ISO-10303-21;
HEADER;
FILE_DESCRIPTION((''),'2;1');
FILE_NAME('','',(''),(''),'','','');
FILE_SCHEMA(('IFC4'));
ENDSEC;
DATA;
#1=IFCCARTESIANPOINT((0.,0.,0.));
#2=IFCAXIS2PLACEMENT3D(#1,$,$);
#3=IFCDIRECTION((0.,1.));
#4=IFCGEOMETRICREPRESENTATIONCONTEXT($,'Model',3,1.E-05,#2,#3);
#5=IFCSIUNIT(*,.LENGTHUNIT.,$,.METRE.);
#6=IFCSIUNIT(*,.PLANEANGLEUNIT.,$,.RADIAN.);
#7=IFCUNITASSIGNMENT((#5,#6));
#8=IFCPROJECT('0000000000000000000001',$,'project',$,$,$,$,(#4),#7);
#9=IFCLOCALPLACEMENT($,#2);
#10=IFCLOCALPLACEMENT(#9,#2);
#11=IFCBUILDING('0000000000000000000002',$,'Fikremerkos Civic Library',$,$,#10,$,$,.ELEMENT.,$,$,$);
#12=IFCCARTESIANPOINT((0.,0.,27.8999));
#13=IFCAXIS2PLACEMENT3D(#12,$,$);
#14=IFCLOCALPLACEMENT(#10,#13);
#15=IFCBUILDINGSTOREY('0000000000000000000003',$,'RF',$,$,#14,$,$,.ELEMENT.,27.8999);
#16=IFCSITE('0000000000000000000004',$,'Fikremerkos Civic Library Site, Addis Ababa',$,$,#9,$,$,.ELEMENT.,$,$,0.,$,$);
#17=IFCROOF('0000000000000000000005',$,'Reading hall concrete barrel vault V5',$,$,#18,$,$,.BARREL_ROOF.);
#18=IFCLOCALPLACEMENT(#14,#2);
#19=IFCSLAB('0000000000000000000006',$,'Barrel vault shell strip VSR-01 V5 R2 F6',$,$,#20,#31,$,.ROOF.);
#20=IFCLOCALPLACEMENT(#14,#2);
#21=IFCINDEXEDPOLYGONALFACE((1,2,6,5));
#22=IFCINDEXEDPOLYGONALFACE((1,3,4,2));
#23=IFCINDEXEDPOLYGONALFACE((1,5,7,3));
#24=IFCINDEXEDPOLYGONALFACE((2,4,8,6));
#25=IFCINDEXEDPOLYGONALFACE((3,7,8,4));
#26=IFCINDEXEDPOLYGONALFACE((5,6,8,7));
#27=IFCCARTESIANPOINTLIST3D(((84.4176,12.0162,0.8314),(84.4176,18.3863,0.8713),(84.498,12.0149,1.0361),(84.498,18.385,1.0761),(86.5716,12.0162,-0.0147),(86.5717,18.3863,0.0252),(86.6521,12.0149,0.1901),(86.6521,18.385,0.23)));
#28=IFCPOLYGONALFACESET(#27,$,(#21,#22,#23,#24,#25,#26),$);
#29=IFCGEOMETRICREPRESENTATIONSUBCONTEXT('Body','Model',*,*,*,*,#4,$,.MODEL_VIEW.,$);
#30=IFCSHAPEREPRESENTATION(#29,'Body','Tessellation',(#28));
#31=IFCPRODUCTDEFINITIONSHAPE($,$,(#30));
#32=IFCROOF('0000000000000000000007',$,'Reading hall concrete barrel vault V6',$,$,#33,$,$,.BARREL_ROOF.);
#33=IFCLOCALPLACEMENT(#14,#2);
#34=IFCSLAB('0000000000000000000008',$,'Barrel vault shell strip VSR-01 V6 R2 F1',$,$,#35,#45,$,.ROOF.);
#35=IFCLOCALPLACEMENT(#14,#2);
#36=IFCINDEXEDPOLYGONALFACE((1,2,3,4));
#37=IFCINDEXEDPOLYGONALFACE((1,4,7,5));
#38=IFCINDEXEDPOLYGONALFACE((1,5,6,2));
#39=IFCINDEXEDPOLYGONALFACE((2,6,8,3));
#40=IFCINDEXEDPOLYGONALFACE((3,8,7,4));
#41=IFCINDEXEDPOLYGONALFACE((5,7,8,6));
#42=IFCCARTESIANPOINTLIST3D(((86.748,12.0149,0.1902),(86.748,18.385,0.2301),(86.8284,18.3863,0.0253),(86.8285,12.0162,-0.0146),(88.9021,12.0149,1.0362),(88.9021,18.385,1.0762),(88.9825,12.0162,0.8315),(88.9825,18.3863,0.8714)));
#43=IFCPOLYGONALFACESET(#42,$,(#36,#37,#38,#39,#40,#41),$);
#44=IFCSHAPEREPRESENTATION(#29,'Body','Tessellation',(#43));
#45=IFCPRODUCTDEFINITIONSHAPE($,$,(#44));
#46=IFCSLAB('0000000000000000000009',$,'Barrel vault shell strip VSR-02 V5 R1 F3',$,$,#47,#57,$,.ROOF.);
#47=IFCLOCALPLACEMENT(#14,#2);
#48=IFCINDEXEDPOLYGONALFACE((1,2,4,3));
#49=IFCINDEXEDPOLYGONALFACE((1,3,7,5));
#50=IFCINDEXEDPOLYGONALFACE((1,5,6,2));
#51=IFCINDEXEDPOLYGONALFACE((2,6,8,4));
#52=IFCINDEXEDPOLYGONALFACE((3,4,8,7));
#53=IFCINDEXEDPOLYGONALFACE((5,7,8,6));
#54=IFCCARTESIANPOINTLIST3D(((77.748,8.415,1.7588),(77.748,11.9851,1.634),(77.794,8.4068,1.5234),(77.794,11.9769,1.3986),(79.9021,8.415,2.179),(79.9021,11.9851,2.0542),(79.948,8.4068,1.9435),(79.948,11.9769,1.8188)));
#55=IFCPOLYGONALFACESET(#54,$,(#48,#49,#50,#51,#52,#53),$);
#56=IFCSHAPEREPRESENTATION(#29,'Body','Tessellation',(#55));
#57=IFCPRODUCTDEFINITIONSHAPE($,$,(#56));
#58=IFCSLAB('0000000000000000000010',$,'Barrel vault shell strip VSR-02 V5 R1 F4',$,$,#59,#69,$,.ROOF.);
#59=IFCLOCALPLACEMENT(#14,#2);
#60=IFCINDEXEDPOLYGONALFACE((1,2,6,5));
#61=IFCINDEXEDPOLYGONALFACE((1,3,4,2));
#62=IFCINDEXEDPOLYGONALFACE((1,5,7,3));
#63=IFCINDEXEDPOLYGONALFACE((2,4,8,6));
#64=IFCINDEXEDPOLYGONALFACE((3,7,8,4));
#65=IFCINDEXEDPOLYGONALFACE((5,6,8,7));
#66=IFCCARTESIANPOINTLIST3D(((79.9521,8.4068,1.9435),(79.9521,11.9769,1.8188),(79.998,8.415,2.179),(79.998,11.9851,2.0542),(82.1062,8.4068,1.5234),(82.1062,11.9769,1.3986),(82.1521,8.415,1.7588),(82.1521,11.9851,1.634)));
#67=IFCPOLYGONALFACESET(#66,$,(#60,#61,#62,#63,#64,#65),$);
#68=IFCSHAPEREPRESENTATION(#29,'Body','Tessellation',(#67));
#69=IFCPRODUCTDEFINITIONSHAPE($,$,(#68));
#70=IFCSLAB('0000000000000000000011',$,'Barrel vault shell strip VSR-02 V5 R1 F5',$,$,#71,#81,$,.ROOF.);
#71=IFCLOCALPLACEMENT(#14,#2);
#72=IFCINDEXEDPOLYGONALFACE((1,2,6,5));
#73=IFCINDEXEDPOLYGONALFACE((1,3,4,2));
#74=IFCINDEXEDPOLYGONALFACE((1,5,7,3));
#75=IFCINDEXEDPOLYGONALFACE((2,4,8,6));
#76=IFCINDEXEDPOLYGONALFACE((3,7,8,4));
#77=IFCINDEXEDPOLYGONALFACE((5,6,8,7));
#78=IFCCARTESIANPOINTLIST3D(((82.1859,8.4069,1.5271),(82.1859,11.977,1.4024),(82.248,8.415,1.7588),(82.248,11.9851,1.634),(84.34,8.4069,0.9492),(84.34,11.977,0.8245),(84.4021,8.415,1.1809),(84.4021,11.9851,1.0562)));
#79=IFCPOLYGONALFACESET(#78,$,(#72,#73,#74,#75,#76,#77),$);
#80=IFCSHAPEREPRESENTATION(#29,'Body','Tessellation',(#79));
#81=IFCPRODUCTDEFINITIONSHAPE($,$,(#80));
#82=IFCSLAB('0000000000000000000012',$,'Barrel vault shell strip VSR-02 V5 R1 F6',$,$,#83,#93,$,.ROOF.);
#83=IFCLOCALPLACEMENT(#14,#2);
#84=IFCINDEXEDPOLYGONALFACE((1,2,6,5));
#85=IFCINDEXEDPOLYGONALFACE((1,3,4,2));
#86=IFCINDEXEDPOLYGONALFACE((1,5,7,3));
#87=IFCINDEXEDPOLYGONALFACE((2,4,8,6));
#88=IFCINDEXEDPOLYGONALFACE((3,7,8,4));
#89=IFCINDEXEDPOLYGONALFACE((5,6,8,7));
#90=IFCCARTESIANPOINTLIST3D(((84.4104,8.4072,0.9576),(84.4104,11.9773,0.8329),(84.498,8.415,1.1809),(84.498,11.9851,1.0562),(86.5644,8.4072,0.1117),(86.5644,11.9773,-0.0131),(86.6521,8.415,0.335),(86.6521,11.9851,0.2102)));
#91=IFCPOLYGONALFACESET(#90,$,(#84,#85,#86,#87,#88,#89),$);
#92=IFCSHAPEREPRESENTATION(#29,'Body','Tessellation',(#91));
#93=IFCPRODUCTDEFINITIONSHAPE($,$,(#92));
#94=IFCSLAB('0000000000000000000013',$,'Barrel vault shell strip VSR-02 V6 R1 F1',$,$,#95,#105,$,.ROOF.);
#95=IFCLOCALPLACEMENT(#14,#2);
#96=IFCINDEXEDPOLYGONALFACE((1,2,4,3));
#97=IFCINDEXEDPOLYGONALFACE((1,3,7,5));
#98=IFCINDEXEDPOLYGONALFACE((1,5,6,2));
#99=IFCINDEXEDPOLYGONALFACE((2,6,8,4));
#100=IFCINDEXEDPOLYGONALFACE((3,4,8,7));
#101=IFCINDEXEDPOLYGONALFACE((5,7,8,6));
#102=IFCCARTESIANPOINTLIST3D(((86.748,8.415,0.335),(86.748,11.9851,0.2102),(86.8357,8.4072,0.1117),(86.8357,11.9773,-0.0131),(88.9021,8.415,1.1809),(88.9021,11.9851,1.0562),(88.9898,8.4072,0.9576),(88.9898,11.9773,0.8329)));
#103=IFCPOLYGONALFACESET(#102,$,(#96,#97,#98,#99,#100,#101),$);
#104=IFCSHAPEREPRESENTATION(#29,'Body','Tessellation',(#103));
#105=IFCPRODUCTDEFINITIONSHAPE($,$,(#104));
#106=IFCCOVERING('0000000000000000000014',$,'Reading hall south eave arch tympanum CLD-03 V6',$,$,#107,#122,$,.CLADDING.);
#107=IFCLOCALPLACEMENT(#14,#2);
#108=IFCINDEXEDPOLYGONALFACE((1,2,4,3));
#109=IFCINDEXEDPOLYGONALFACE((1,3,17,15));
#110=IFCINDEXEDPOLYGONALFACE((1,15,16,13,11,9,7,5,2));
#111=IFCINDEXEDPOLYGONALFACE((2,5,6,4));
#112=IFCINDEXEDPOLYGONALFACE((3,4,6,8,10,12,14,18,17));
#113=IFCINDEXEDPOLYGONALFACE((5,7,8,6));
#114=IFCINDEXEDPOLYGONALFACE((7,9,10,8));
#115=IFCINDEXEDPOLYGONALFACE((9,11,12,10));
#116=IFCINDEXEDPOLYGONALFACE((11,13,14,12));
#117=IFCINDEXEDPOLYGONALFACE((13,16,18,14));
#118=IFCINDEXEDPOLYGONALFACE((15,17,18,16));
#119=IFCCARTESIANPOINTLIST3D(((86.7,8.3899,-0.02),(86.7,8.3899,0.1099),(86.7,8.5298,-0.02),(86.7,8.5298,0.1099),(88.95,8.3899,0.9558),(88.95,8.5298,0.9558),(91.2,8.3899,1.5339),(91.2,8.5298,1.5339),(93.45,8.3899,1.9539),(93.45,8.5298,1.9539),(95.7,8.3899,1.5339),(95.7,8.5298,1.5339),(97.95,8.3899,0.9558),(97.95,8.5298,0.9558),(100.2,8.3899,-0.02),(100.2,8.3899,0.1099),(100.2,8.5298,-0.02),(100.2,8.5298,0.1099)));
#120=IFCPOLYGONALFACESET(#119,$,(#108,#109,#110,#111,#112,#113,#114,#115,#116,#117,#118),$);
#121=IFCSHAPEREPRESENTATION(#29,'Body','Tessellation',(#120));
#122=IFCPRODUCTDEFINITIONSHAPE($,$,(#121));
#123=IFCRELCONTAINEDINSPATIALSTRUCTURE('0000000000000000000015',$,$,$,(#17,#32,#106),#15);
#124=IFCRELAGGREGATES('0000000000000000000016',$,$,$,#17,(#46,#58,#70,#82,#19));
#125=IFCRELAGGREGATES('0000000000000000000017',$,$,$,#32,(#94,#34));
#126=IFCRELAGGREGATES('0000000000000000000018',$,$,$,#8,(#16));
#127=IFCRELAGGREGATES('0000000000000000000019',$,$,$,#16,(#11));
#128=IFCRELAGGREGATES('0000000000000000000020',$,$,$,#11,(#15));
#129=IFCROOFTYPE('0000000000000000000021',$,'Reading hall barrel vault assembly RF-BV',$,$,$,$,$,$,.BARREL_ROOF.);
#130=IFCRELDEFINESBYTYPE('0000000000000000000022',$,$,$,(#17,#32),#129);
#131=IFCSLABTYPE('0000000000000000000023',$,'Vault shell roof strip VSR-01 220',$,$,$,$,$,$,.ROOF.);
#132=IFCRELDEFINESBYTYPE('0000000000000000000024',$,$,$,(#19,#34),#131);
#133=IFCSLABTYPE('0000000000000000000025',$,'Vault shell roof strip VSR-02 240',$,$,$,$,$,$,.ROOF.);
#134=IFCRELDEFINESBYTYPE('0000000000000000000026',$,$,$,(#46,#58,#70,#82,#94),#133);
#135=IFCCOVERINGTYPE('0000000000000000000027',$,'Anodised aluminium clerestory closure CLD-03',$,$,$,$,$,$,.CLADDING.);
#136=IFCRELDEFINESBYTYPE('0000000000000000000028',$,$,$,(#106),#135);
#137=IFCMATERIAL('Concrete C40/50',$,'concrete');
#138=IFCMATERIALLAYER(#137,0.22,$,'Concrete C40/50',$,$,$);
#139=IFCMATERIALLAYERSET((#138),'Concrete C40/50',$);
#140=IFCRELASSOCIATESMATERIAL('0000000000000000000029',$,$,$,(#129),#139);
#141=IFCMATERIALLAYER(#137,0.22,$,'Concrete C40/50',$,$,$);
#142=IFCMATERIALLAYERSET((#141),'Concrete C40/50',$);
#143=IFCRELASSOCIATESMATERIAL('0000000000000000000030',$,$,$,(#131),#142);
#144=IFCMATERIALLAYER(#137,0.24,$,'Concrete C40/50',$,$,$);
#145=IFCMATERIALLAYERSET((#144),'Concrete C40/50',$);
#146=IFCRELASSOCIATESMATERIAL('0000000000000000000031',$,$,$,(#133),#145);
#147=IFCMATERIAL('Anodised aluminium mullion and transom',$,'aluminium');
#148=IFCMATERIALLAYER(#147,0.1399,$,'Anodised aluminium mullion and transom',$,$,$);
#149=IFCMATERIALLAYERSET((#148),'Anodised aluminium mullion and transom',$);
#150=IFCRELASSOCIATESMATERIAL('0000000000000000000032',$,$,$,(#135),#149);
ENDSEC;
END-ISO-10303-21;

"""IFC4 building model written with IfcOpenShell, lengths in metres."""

from ifc_helpers import new_model, si_unit, direction, frame, origin, place, context, subcontext, project, spatial, polyline, outline, extrude, material, layer, layer_set, type_object, element, aggregate, save


model = new_model("IFC4")

# Units and contexts
model_context = context("Model", 3, precision=1e-05, world=origin(), true_north=direction((0.0, 1.0)))
body_context = subcontext(model_context, "Body", "Model", "MODEL_VIEW")
ifc_project = project(units=[si_unit("LENGTHUNIT", "METRE"), si_unit("PLANEANGLEUNIT", "RADIAN")], contexts=[model_context])

# Site, building, storey
site_placement = place(None, origin())
site = spatial("IfcSite", under=ifc_project, at=site_placement, Name="Fikremerkos Civic Library Site, Addis Ababa", CompositionType="ELEMENT", RefElevation=0.0)
building_placement = place(site_placement, origin())
building = spatial("IfcBuilding", under=site, at=building_placement, Name="Fikremerkos Civic Library", CompositionType="ELEMENT")
storey_placement = place(building_placement, frame((0.0, 0.0, 27.8999)))
storey = spatial("IfcBuildingStorey", under=building, at=storey_placement, Name="RF", CompositionType="ELEMENT", Elevation=27.8999)

# Roof, slab
ifc_material_1 = material(Name="Concrete C40/50", Category="concrete")
ifc_layer_1 = layer(ifc_material_1, 0.22, Name="Concrete C40/50")
ifc_layer_set_1 = layer_set([ifc_layer_1], Name="Concrete C40/50")
roof_type = type_object("IfcRoofType", Name="Reading hall barrel vault assembly RF-BV", PredefinedType="BARREL_ROOF", material=ifc_layer_set_1)
roof_1_placement = place(storey_placement, origin())
roof_1 = element("IfcRoof", 1, at=roof_1_placement, inside=storey, type_object=roof_type, Name="Reading hall concrete barrel vault V5", PredefinedType="BARREL_ROOF")
ifc_layer_2 = layer(ifc_material_1, 0.22, Name="Concrete C40/50")
ifc_layer_set_2 = layer_set([ifc_layer_2], Name="Concrete C40/50")
slab_type_1 = type_object("IfcSlabType", Name="Vault shell roof strip VSR-01 220", PredefinedType="ROOF", material=ifc_layer_set_2)
slab_1_placement = place(storey_placement, frame((84.498, 12.0149, 1.0361), z_axis=(0.365584, -0.005832, 0.93076), x_axis=(0.930776, 0.0, -0.36559)))
slab_1 = element("IfcSlab", 2, at=slab_1_placement, type_object=slab_type_1, Name="Barrel vault shell strip VSR-01 V5 R2 F6", PredefinedType="ROOF", context=body_context, shape_type="SweptSolid", body=[
    extrude(outline(polyline([(0.0, 0.0), (2.3142, 0.0), (2.2997, 6.3702), (-0.0146, 6.3702), (0.0, 0.0)])), origin(), (0.0, 0.0, -1.0), 0.22),
])

# Roof, slab
roof_2_placement = place(storey_placement, origin())
roof_2 = element("IfcRoof", 3, at=roof_2_placement, inside=storey, type_object=roof_type, Name="Reading hall concrete barrel vault V6", PredefinedType="BARREL_ROOF")
slab_2_placement = place(storey_placement, frame((86.748, 12.0149, 0.1902), z_axis=(-0.365584, -0.005832, 0.93076), x_axis=(0.930776, 0.0, 0.36559)))
slab_2 = element("IfcSlab", 4, at=slab_2_placement, type_object=slab_type_1, Name="Barrel vault shell strip VSR-01 V6 R2 F1", PredefinedType="ROOF", context=body_context, shape_type="SweptSolid", body=[
    extrude(outline(polyline([(0.0, 0.0), (2.3142, 0.0), (2.3288, 6.3702), (0.0145, 6.3702), (0.0, 0.0)])), origin(), (0.0, 0.0, -1.0), 0.22),
])

# Slabs
ifc_layer_3 = layer(ifc_material_1, 0.24, Name="Concrete C40/50")
ifc_layer_set_3 = layer_set([ifc_layer_3], Name="Concrete C40/50")
slab_type_2 = type_object("IfcSlabType", Name="Vault shell roof strip VSR-02 240", PredefinedType="ROOF", material=ifc_layer_set_3)
slab_3_placement = place(storey_placement, frame((77.748, 8.415, 1.7588), z_axis=(-0.191338, 0.034278, 0.980926), x_axis=(0.981502, 0.0, 0.19145)))
slab_3 = element("IfcSlab", 5, at=slab_3_placement, type_object=slab_type_2, Name="Barrel vault shell strip VSR-02 V5 R1 F3", PredefinedType="ROOF", context=body_context, shape_type="SweptSolid", body=[
    extrude(outline(polyline([(0.0, 0.0), (2.1946, 0.0), (2.1708, 3.5722), (-0.0239, 3.5722), (0.0, 0.0)])), origin(), (0.0, 0.0, -1.0), 0.24),
])
slab_4_placement = place(storey_placement, frame((79.998, 8.415, 2.179), z_axis=(0.191338, 0.034278, 0.980926), x_axis=(0.981502, 0.0, -0.19145)))
slab_4 = element("IfcSlab", 6, at=slab_4_placement, type_object=slab_type_2, Name="Barrel vault shell strip VSR-02 V5 R1 F4", PredefinedType="ROOF", context=body_context, shape_type="SweptSolid", body=[
    extrude(outline(polyline([(0.0, 0.0), (2.1946, 0.0), (2.2185, 3.5722), (0.0239, 3.5722), (0.0, 0.0)])), origin(), (0.0, 0.0, -1.0), 0.24),
])
slab_5_placement = place(storey_placement, frame((82.248, 8.415, 1.7588), z_axis=(0.258966, 0.033732, 0.965297), x_axis=(0.965847, 0.0, -0.259114)))
slab_5 = element("IfcSlab", 7, at=slab_5_placement, type_object=slab_type_2, Name="Barrel vault shell strip VSR-02 V5 R1 F5", PredefinedType="ROOF", context=body_context, shape_type="SweptSolid", body=[
    extrude(outline(polyline([(0.0, 0.0), (2.2302, 0.0), (2.2625, 3.5721), (0.0323, 3.5721), (0.0, 0.0)])), origin(), (0.0, 0.0, -1.0), 0.24),
])
slab_6_placement = place(storey_placement, frame((84.498, 8.415, 1.1809), z_axis=(0.365351, 0.032509, 0.930302), x_axis=(0.930794, 0.0, -0.365545)))
slab_6 = element("IfcSlab", 8, at=slab_6_placement, type_object=slab_type_2, Name="Barrel vault shell strip VSR-02 V5 R1 F6", PredefinedType="ROOF", context=body_context, shape_type="SweptSolid", body=[
    extrude(outline(polyline([(0.0, 0.0), (2.3142, 0.0), (2.3598, 3.572), (0.0456, 3.572), (0.0, 0.0)])), origin(), (0.0, 0.0, -1.0), 0.24),
])
aggregate(roof_1, [slab_3, slab_4, slab_5, slab_6, slab_1])
slab_7_placement = place(storey_placement, frame((86.748, 8.415, 0.335), z_axis=(-0.365351, 0.032509, 0.930302), x_axis=(0.930794, 0.0, 0.365545)))
slab_7 = element("IfcSlab", 9, at=slab_7_placement, type_object=slab_type_2, Name="Barrel vault shell strip VSR-02 V6 R1 F1", PredefinedType="ROOF", context=body_context, shape_type="SweptSolid", body=[
    extrude(outline(polyline([(0.0, 0.0), (2.3142, 0.0), (2.2686, 3.572), (-0.0456, 3.572), (0.0, 0.0)])), origin(), (0.0, 0.0, -1.0), 0.24),
])
aggregate(roof_2, [slab_7, slab_2])

# Covering
ifc_material_2 = material(Name="Anodised aluminium mullion and transom", Category="aluminium")
ifc_layer_4 = layer(ifc_material_2, 0.1399, Name="Anodised aluminium mullion and transom")
ifc_layer_set_4 = layer_set([ifc_layer_4], Name="Anodised aluminium mullion and transom")
covering_type = type_object("IfcCoveringType", Name="Anodised aluminium clerestory closure CLD-03", PredefinedType="CLADDING", material=ifc_layer_set_4)
covering_placement = place(storey_placement, frame((86.7, 8.46, -0.02), z_axis=(0.0, 0.0, 1.0), x_axis=(1.0, 0.0, 0.0)))
element("IfcCovering", 10, at=covering_placement, inside=storey, type_object=covering_type, Name="Reading hall south eave arch tympanum CLD-03 V6", PredefinedType="CLADDING", context=body_context, shape_type="SweptSolid", body=[
    extrude(outline(polyline([(0.0, 0.0), (13.5, 0.0), (13.5, 0.1299), (11.25, 0.9758), (9.0, 1.554), (6.75, 1.9739), (4.5, 1.554), (2.25, 0.9758), (0.0, 0.1299), (0.0, 0.0)])), frame((0.0, 0.0698, 0.0), z_axis=(0.0, -1.0, 0.0), x_axis=(1.0, 0.0, 0.0)), (0.0, 0.0, 1.0), 0.1399),
])

save(model, "model.ifc")
